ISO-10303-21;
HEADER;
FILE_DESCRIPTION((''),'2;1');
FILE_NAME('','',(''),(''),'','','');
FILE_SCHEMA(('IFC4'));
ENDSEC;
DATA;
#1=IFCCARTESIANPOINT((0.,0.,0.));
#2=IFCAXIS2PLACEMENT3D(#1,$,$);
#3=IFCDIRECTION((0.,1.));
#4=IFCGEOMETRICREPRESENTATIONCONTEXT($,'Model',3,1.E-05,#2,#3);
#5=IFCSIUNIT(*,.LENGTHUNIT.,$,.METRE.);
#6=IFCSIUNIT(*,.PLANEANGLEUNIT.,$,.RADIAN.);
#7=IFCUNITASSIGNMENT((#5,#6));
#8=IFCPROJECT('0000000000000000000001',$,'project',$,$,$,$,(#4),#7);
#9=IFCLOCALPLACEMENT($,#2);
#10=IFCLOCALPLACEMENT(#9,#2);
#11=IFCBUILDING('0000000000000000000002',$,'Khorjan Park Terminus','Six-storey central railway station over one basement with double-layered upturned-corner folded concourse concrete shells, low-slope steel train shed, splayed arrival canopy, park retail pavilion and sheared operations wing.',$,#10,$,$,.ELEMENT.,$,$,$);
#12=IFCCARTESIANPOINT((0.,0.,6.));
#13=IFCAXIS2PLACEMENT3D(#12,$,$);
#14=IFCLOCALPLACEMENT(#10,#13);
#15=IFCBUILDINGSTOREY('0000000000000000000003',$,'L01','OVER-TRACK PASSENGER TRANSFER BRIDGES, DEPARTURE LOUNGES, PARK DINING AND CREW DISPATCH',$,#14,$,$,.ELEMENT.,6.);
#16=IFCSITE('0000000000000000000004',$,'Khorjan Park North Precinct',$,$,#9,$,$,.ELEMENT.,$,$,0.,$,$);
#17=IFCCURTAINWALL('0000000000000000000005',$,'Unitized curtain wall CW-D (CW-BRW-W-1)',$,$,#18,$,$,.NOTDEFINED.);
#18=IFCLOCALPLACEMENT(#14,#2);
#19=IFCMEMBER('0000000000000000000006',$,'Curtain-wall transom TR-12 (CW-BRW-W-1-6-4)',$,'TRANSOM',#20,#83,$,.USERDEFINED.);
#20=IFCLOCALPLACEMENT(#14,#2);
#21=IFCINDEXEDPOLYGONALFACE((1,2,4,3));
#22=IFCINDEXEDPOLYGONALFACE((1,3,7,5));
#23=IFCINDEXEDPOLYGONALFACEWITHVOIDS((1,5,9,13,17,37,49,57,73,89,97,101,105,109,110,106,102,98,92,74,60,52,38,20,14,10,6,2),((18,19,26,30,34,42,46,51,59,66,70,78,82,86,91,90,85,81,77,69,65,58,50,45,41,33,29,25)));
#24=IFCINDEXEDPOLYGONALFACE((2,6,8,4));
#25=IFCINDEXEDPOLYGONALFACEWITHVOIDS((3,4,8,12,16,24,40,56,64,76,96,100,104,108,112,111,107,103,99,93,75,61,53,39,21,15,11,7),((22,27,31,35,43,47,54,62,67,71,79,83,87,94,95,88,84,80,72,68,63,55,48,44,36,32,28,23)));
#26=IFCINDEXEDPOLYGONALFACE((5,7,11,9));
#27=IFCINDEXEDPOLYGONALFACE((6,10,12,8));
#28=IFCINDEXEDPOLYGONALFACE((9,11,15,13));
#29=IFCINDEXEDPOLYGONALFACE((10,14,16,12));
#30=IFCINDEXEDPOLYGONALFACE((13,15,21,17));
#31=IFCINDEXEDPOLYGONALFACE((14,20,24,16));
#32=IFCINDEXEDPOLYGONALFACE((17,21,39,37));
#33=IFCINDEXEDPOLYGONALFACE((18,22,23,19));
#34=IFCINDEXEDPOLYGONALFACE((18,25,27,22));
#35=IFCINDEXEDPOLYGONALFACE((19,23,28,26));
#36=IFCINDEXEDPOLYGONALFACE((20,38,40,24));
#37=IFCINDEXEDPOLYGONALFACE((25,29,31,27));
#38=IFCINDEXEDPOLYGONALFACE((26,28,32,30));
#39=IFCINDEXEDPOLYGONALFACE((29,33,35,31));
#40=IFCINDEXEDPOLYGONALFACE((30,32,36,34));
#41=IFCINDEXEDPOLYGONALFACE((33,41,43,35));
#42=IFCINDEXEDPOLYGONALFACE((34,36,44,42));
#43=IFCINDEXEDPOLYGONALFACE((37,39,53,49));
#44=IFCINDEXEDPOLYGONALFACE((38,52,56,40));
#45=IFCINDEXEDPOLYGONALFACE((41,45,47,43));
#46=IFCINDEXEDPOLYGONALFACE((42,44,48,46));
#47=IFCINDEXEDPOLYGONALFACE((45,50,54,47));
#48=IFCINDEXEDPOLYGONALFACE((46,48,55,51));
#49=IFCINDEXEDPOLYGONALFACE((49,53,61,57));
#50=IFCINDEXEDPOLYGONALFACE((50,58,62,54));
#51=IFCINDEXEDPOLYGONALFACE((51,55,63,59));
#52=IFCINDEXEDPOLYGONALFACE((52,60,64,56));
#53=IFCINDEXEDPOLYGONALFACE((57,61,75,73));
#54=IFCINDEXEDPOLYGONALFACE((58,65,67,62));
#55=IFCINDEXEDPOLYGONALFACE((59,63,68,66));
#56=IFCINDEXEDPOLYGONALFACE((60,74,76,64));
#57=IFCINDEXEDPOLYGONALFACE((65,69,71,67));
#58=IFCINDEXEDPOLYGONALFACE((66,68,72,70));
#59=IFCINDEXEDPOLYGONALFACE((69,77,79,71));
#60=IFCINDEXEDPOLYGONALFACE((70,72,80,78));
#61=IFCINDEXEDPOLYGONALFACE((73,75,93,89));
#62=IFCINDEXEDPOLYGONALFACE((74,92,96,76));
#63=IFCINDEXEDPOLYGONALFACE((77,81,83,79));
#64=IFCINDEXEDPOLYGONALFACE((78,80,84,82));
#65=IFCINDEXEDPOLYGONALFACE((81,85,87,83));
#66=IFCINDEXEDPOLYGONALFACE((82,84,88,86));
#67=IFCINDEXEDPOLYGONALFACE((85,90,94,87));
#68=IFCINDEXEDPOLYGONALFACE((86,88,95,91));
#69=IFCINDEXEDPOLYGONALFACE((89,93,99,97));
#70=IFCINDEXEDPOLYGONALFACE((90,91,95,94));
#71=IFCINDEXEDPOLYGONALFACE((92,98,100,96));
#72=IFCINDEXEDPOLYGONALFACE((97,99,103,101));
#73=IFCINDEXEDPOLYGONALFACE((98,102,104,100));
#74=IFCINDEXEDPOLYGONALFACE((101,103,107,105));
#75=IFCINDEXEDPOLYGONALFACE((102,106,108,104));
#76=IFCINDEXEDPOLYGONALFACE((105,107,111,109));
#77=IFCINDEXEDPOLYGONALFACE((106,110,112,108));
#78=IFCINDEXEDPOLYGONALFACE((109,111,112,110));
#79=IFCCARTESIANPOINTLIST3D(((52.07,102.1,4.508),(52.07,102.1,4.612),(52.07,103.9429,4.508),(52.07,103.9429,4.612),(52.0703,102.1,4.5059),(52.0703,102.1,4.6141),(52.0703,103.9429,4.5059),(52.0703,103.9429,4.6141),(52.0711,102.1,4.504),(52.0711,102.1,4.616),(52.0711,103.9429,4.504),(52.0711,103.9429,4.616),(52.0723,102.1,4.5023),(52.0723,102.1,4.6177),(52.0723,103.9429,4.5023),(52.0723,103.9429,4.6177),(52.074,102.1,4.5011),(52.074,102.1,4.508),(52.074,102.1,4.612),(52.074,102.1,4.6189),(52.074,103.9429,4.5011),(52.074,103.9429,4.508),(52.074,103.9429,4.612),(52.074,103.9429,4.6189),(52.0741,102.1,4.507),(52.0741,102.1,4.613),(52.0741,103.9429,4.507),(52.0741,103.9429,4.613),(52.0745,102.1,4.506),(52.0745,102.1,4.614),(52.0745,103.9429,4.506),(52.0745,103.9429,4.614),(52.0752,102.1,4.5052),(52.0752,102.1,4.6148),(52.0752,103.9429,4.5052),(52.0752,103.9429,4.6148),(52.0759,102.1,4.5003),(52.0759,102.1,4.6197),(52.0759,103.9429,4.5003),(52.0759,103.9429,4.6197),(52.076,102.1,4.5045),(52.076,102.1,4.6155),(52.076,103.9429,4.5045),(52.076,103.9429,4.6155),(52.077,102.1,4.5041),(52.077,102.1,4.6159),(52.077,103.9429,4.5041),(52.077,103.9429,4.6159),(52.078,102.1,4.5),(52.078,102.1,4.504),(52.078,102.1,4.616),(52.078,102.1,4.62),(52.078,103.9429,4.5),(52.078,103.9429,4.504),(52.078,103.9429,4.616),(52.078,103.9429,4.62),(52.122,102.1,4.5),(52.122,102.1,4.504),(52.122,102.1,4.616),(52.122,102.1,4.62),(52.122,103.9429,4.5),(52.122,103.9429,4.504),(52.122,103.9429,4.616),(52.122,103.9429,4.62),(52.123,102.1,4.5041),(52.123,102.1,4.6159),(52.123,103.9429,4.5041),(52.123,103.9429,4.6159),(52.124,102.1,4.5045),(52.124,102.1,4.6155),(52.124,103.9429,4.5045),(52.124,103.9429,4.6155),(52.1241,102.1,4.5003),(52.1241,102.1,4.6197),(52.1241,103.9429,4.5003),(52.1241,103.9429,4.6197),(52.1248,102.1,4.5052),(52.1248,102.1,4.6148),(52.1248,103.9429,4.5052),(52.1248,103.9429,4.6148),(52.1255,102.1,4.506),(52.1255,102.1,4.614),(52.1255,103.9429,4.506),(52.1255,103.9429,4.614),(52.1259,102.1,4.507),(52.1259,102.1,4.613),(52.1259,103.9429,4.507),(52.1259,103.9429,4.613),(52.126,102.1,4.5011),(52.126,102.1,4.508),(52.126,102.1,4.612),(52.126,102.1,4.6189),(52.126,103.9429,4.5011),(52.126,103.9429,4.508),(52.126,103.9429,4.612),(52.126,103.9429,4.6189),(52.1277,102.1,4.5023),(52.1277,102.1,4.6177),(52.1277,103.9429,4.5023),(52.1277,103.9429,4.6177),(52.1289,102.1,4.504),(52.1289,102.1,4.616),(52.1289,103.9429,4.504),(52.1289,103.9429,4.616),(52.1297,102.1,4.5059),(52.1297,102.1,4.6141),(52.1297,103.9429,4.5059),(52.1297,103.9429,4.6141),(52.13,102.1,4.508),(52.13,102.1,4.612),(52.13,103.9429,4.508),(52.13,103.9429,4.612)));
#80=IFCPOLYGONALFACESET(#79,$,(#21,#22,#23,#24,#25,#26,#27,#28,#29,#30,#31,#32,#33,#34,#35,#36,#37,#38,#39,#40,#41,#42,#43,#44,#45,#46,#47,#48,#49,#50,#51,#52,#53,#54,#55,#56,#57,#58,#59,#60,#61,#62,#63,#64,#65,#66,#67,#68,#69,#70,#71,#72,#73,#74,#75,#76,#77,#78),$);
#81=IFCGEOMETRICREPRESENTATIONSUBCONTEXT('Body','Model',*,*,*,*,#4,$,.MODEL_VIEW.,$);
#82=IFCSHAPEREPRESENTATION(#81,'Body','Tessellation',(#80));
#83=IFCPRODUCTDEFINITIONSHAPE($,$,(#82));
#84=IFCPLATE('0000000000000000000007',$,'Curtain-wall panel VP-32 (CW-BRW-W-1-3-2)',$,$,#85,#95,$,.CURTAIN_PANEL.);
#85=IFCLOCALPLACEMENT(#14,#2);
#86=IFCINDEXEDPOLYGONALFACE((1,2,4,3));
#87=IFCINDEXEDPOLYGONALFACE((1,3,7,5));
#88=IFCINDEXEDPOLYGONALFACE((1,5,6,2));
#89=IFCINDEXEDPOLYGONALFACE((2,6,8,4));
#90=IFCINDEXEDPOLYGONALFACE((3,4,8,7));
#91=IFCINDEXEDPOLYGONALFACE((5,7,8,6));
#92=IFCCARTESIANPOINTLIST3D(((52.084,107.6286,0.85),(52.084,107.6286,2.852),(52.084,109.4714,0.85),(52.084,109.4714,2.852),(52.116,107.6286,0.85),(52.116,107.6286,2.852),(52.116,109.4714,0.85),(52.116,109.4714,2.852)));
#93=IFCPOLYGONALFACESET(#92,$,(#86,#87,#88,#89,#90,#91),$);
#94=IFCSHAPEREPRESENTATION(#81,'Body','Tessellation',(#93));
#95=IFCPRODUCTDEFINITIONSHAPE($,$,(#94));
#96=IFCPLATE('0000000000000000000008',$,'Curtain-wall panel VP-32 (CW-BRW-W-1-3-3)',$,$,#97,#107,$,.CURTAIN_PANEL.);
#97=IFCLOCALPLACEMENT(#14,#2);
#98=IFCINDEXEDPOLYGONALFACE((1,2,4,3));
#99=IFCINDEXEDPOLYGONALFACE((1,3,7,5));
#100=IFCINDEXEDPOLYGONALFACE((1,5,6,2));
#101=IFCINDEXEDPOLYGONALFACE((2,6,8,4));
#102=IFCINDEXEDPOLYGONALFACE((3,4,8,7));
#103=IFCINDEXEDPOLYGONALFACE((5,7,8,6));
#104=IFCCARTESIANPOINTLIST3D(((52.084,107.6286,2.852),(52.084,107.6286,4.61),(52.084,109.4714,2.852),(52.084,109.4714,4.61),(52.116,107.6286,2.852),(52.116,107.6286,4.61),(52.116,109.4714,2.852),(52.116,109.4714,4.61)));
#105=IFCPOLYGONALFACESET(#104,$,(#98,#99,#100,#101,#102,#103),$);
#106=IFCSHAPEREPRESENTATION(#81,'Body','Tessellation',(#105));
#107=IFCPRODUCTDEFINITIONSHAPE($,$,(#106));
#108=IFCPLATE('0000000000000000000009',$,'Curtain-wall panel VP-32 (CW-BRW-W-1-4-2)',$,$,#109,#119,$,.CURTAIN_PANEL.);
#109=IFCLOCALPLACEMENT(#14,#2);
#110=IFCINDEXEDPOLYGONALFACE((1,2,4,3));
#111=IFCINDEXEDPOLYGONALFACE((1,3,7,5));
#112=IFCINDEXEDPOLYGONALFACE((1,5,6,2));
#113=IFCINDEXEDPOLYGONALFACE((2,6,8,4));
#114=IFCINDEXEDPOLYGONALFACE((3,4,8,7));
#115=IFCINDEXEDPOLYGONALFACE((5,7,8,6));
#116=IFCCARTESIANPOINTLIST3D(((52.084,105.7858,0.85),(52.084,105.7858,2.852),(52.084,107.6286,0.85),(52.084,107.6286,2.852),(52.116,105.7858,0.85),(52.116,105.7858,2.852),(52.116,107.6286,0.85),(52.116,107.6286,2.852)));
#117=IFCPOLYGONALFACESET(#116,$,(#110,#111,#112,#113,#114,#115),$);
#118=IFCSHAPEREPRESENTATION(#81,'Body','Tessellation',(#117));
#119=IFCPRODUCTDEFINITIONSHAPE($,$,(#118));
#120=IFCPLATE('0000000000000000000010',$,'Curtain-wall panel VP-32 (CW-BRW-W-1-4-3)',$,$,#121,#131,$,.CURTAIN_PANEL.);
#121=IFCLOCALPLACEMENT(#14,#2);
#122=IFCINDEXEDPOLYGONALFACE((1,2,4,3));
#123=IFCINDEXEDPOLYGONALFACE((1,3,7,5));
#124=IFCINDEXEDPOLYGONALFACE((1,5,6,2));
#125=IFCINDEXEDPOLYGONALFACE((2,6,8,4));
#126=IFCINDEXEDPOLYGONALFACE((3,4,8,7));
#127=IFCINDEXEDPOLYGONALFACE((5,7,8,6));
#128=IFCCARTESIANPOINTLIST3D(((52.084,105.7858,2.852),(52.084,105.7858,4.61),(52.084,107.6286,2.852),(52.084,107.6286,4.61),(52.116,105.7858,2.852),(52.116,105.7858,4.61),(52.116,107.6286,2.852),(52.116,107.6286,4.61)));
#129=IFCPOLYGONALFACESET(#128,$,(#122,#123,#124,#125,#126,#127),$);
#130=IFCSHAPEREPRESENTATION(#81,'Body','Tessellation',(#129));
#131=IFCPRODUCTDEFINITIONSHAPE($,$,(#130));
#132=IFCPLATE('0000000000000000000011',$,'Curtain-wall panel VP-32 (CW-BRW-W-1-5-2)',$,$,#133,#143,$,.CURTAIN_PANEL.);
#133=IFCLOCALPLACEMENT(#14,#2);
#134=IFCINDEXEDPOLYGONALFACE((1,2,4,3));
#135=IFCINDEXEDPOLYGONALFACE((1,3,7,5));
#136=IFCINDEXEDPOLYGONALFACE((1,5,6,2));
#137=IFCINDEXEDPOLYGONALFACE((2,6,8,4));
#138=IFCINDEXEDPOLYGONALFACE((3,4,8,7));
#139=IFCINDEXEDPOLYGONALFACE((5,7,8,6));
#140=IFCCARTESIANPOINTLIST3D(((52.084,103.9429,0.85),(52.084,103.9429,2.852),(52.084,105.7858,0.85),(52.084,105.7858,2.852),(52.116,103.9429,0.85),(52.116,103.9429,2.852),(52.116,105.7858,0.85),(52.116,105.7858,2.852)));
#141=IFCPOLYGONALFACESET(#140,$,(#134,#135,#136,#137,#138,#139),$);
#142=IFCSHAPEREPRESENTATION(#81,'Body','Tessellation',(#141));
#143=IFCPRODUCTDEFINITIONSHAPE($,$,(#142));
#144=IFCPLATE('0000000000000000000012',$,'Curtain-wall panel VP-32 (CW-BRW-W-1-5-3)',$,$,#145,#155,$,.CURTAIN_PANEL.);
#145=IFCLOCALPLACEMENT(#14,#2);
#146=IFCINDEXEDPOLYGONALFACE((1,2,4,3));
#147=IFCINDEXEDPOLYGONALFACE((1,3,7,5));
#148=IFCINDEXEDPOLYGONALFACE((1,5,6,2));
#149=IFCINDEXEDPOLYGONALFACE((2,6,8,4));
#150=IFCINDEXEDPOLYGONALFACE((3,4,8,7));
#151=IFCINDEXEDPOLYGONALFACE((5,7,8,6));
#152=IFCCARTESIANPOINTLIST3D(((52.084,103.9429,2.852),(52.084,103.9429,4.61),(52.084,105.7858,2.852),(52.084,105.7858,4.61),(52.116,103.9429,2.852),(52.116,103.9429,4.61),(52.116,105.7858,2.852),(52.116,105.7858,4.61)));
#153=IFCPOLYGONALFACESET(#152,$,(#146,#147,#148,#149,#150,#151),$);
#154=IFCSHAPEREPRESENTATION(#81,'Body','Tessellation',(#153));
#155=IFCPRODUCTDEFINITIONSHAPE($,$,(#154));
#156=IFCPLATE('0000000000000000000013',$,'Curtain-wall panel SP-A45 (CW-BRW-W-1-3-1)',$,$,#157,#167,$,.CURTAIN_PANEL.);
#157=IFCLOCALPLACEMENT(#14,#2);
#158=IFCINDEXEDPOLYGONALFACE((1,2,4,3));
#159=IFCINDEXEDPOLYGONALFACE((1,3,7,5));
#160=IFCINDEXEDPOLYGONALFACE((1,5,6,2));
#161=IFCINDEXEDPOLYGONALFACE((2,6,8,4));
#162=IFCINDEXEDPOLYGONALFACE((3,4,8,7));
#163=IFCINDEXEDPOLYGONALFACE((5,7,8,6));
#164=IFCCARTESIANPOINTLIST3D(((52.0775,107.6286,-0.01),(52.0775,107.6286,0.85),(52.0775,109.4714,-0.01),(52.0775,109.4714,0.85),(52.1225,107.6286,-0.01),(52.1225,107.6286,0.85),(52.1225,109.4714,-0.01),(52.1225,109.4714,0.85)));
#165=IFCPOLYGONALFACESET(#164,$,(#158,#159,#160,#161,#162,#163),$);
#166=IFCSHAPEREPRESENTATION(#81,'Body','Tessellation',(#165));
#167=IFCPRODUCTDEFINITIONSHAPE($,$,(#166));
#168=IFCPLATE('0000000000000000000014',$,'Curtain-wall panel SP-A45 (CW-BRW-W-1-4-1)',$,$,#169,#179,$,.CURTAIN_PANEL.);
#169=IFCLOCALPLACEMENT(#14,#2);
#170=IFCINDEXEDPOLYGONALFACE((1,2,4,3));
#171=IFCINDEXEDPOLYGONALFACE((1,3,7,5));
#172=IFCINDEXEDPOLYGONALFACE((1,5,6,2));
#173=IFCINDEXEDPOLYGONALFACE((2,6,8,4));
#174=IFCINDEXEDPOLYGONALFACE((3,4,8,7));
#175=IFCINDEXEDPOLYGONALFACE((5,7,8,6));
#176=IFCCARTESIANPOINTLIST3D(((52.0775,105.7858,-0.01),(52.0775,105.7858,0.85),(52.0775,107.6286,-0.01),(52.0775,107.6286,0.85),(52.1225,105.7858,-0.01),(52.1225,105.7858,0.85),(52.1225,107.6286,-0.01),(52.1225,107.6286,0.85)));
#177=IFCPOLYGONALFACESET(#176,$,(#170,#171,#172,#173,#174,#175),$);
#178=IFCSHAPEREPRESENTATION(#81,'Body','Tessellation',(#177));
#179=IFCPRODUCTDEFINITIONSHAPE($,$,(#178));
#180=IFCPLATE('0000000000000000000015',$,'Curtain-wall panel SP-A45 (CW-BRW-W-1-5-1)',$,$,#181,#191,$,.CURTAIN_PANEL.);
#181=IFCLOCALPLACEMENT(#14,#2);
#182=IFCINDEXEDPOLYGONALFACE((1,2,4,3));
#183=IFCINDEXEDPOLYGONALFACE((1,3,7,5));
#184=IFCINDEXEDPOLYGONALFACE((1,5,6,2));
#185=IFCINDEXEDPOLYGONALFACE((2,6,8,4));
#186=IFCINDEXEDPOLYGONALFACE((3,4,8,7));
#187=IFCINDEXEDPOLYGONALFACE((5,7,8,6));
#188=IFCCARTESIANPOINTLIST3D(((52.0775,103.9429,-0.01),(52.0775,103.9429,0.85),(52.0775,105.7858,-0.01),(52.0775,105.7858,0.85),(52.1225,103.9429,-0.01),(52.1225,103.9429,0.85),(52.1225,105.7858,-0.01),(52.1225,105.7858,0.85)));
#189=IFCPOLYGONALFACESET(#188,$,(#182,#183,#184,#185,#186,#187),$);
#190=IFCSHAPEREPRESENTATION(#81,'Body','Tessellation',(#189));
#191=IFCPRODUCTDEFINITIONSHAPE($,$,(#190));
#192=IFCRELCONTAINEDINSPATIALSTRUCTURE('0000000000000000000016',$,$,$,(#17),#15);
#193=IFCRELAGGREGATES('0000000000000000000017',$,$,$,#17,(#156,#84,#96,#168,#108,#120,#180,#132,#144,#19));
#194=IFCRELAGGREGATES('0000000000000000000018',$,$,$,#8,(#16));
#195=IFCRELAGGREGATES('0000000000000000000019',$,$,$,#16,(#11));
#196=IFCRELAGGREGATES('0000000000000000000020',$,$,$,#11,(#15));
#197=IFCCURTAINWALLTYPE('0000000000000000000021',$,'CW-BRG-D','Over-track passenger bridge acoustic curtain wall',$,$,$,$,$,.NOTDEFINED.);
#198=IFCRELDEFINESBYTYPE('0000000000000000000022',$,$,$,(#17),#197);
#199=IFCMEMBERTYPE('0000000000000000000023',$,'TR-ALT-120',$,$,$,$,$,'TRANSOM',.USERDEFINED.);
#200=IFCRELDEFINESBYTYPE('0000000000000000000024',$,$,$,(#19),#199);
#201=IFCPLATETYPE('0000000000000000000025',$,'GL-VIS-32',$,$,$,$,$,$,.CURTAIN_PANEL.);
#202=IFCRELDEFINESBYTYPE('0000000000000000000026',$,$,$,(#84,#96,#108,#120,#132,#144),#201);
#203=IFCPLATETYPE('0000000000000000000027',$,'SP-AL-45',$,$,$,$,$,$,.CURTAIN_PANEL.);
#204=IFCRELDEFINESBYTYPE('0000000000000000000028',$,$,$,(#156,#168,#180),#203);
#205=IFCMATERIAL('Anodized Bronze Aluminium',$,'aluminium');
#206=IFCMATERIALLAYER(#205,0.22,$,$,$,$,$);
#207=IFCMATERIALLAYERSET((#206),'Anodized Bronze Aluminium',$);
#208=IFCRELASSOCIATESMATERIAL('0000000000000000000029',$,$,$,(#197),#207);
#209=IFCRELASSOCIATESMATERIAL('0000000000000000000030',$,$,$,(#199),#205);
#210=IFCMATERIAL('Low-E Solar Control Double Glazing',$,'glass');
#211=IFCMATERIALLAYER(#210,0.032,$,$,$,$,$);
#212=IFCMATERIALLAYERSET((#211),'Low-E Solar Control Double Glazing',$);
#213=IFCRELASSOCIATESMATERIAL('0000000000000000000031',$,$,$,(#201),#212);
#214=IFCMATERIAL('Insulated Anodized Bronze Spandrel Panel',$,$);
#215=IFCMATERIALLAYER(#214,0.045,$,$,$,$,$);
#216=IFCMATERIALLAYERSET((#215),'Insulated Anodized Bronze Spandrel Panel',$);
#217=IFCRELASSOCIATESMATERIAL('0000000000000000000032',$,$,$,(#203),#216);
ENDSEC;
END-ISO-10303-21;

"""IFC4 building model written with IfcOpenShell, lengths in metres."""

from ifc_helpers import new_model, si_unit, direction, frame, origin, origin_2d, place, context, subcontext, project, spatial, rectangle, hollow_rectangle, extrude, material, layer, layer_set, material_profile, profile_set, type_object, element, aggregate, save


model = new_model("IFC4")

# Units and contexts
model_context = context("Model", 3, precision=1e-05, world=origin(), true_north=direction((0.0, 1.0)))
body_context = subcontext(model_context, "Body", "Model", "MODEL_VIEW")
ifc_project = project(units=[si_unit("LENGTHUNIT", "METRE"), si_unit("PLANEANGLEUNIT", "RADIAN")], contexts=[model_context])

# Site, building, storey
site_placement = place(None, origin())
site = spatial("IfcSite", under=ifc_project, at=site_placement, Name="Khorjan Park North Precinct", CompositionType="ELEMENT", RefElevation=0.0)
building_placement = place(site_placement, origin())
building = spatial("IfcBuilding", under=site, at=building_placement, Name="Khorjan Park Terminus", Description="Six-storey central railway station over one basement with double-layered upturned-corner folded concourse concrete shells, low-slope steel train shed, splayed arrival canopy, park retail pavilion and sheared operations wing.", CompositionType="ELEMENT")
storey_placement = place(building_placement, frame((0.0, 0.0, 6.0)))
storey = spatial("IfcBuildingStorey", under=building, at=storey_placement, Name="L01", Description="OVER-TRACK PASSENGER TRANSFER BRIDGES, DEPARTURE LOUNGES, PARK DINING AND CREW DISPATCH", CompositionType="ELEMENT", Elevation=6.0)

# Curtain wall, member, plates
ifc_material_1 = material(Name="Anodized Bronze Aluminium", Category="aluminium")
ifc_layer_1 = layer(ifc_material_1, 0.22)
ifc_layer_set_1 = layer_set([ifc_layer_1], Name="Anodized Bronze Aluminium")
curtain_wall_type = type_object("IfcCurtainWallType", Name="CW-BRG-D", Description="Over-track passenger bridge acoustic curtain wall", PredefinedType="NOTDEFINED", material=ifc_layer_set_1)
curtain_wall_placement = place(storey_placement, origin())
curtain_wall = element("IfcCurtainWall", 1, at=curtain_wall_placement, inside=storey, type_object=curtain_wall_type, Name="Unitized curtain wall CW-D (CW-BRW-W-1)", PredefinedType="NOTDEFINED")
ifc_material_profile_1 = material_profile(ifc_material_1, hollow_rectangle(XDim=0.06, YDim=0.12, WallThickness=0.004, InnerFilletRadius=0.004, OuterFilletRadius=0.008, at=origin_2d()), Name="ALT 60x120x4")
ifc_profile_set_1 = profile_set([ifc_material_profile_1], Name="Anodized Bronze Aluminium")
member_type_1 = type_object("IfcMemberType", Name="TR-ALT-120", ElementType="TRANSOM", PredefinedType="USERDEFINED", material=ifc_profile_set_1)
member_1_placement = place(storey_placement, frame((52.1, 103.9429, 4.56), z_axis=(0.0, -1.0, 0.0), x_axis=(1.0, 0.0, 0.0)))
member_1 = element("IfcMember", 2, at=member_1_placement, type_object=member_type_1, Name="Curtain-wall transom TR-12 (CW-BRW-W-1-6-4)", ObjectType="TRANSOM", PredefinedType="USERDEFINED", context=body_context, shape_type="SweptSolid", body=[
    extrude(hollow_rectangle(XDim=0.06, YDim=0.12, WallThickness=0.004, InnerFilletRadius=0.004, OuterFilletRadius=0.008, at=origin_2d()), origin(), (0.0, 0.0, 1.0), 1.8429),
])
ifc_material_2 = material(Name="Low-E Solar Control Double Glazing", Category="glass")
ifc_layer_2 = layer(ifc_material_2, 0.032)
ifc_layer_set_2 = layer_set([ifc_layer_2], Name="Low-E Solar Control Double Glazing")
plate_type_1 = type_object("IfcPlateType", Name="GL-VIS-32", PredefinedType="CURTAIN_PANEL", material=ifc_layer_set_2)
plate_1_placement = place(storey_placement, frame((52.1, 108.55, 0.85), z_axis=(0.0, 0.0, 1.0), x_axis=(0.0, -1.0, 0.0)))
plate_1 = element("IfcPlate", 3, at=plate_1_placement, type_object=plate_type_1, Name="Curtain-wall panel VP-32 (CW-BRW-W-1-3-2)", PredefinedType="CURTAIN_PANEL", context=body_context, shape_type="SweptSolid", body=[
    extrude(rectangle(XDim=1.8429, YDim=0.032, at=origin_2d()), origin(), (0.0, 0.0, 1.0), 2.002),
])
plate_2_placement = place(storey_placement, frame((52.1, 108.55, 2.852), z_axis=(0.0, 0.0, 1.0), x_axis=(0.0, -1.0, 0.0)))
plate_2 = element("IfcPlate", 4, at=plate_2_placement, type_object=plate_type_1, Name="Curtain-wall panel VP-32 (CW-BRW-W-1-3-3)", PredefinedType="CURTAIN_PANEL", context=body_context, shape_type="SweptSolid", body=[
    extrude(rectangle(XDim=1.8429, YDim=0.032, at=origin_2d()), origin(), (0.0, 0.0, 1.0), 1.758),
])
plate_3_placement = place(storey_placement, frame((52.1, 106.7072, 0.85), z_axis=(0.0, 0.0, 1.0), x_axis=(0.0, -1.0, 0.0)))
plate_3 = element("IfcPlate", 5, at=plate_3_placement, type_object=plate_type_1, Name="Curtain-wall panel VP-32 (CW-BRW-W-1-4-2)", PredefinedType="CURTAIN_PANEL", context=body_context, shape_type="SweptSolid", body=[
    extrude(rectangle(XDim=1.8429, YDim=0.032, at=origin_2d()), origin(), (0.0, 0.0, 1.0), 2.002),
])
plate_4_placement = place(storey_placement, frame((52.1, 106.7072, 2.852), z_axis=(0.0, 0.0, 1.0), x_axis=(0.0, -1.0, 0.0)))
plate_4 = element("IfcPlate", 6, at=plate_4_placement, type_object=plate_type_1, Name="Curtain-wall panel VP-32 (CW-BRW-W-1-4-3)", PredefinedType="CURTAIN_PANEL", context=body_context, shape_type="SweptSolid", body=[
    extrude(rectangle(XDim=1.8429, YDim=0.032, at=origin_2d()), origin(), (0.0, 0.0, 1.0), 1.758),
])
plate_5_placement = place(storey_placement, frame((52.1, 104.8643, 0.85), z_axis=(0.0, 0.0, 1.0), x_axis=(0.0, -1.0, 0.0)))
plate_5 = element("IfcPlate", 7, at=plate_5_placement, type_object=plate_type_1, Name="Curtain-wall panel VP-32 (CW-BRW-W-1-5-2)", PredefinedType="CURTAIN_PANEL", context=body_context, shape_type="SweptSolid", body=[
    extrude(rectangle(XDim=1.8429, YDim=0.032, at=origin_2d()), origin(), (0.0, 0.0, 1.0), 2.002),
])
plate_6_placement = place(storey_placement, frame((52.1, 104.8643, 2.852), z_axis=(0.0, 0.0, 1.0), x_axis=(0.0, -1.0, 0.0)))
plate_6 = element("IfcPlate", 8, at=plate_6_placement, type_object=plate_type_1, Name="Curtain-wall panel VP-32 (CW-BRW-W-1-5-3)", PredefinedType="CURTAIN_PANEL", context=body_context, shape_type="SweptSolid", body=[
    extrude(rectangle(XDim=1.8429, YDim=0.032, at=origin_2d()), origin(), (0.0, 0.0, 1.0), 1.758),
])
ifc_material_3 = material(Name="Insulated Anodized Bronze Spandrel Panel")
ifc_layer_3 = layer(ifc_material_3, 0.045)
ifc_layer_set_3 = layer_set([ifc_layer_3], Name="Insulated Anodized Bronze Spandrel Panel")
plate_type_2 = type_object("IfcPlateType", Name="SP-AL-45", PredefinedType="CURTAIN_PANEL", material=ifc_layer_set_3)
plate_7_placement = place(storey_placement, frame((52.1, 108.55, -0.01), z_axis=(0.0, 0.0, 1.0), x_axis=(0.0, -1.0, 0.0)))
plate_7 = element("IfcPlate", 9, at=plate_7_placement, type_object=plate_type_2, Name="Curtain-wall panel SP-A45 (CW-BRW-W-1-3-1)", PredefinedType="CURTAIN_PANEL", context=body_context, shape_type="SweptSolid", body=[
    extrude(rectangle(XDim=1.8429, YDim=0.045, at=origin_2d()), origin(), (0.0, 0.0, 1.0), 0.86),
])
plate_8_placement = place(storey_placement, frame((52.1, 106.7072, -0.01), z_axis=(0.0, 0.0, 1.0), x_axis=(0.0, -1.0, 0.0)))
plate_8 = element("IfcPlate", 10, at=plate_8_placement, type_object=plate_type_2, Name="Curtain-wall panel SP-A45 (CW-BRW-W-1-4-1)", PredefinedType="CURTAIN_PANEL", context=body_context, shape_type="SweptSolid", body=[
    extrude(rectangle(XDim=1.8429, YDim=0.045, at=origin_2d()), origin(), (0.0, 0.0, 1.0), 0.86),
])
plate_9_placement = place(storey_placement, frame((52.1, 104.8643, -0.01), z_axis=(0.0, 0.0, 1.0), x_axis=(0.0, -1.0, 0.0)))
plate_9 = element("IfcPlate", 11, at=plate_9_placement, type_object=plate_type_2, Name="Curtain-wall panel SP-A45 (CW-BRW-W-1-5-1)", PredefinedType="CURTAIN_PANEL", context=body_context, shape_type="SweptSolid", body=[
    extrude(rectangle(XDim=1.8429, YDim=0.045, at=origin_2d()), origin(), (0.0, 0.0, 1.0), 0.86),
])
aggregate(curtain_wall, [plate_7, plate_1, plate_2, plate_8, plate_3, plate_4, plate_9, plate_5, plate_6, member_1])

save(model, "model.ifc")
